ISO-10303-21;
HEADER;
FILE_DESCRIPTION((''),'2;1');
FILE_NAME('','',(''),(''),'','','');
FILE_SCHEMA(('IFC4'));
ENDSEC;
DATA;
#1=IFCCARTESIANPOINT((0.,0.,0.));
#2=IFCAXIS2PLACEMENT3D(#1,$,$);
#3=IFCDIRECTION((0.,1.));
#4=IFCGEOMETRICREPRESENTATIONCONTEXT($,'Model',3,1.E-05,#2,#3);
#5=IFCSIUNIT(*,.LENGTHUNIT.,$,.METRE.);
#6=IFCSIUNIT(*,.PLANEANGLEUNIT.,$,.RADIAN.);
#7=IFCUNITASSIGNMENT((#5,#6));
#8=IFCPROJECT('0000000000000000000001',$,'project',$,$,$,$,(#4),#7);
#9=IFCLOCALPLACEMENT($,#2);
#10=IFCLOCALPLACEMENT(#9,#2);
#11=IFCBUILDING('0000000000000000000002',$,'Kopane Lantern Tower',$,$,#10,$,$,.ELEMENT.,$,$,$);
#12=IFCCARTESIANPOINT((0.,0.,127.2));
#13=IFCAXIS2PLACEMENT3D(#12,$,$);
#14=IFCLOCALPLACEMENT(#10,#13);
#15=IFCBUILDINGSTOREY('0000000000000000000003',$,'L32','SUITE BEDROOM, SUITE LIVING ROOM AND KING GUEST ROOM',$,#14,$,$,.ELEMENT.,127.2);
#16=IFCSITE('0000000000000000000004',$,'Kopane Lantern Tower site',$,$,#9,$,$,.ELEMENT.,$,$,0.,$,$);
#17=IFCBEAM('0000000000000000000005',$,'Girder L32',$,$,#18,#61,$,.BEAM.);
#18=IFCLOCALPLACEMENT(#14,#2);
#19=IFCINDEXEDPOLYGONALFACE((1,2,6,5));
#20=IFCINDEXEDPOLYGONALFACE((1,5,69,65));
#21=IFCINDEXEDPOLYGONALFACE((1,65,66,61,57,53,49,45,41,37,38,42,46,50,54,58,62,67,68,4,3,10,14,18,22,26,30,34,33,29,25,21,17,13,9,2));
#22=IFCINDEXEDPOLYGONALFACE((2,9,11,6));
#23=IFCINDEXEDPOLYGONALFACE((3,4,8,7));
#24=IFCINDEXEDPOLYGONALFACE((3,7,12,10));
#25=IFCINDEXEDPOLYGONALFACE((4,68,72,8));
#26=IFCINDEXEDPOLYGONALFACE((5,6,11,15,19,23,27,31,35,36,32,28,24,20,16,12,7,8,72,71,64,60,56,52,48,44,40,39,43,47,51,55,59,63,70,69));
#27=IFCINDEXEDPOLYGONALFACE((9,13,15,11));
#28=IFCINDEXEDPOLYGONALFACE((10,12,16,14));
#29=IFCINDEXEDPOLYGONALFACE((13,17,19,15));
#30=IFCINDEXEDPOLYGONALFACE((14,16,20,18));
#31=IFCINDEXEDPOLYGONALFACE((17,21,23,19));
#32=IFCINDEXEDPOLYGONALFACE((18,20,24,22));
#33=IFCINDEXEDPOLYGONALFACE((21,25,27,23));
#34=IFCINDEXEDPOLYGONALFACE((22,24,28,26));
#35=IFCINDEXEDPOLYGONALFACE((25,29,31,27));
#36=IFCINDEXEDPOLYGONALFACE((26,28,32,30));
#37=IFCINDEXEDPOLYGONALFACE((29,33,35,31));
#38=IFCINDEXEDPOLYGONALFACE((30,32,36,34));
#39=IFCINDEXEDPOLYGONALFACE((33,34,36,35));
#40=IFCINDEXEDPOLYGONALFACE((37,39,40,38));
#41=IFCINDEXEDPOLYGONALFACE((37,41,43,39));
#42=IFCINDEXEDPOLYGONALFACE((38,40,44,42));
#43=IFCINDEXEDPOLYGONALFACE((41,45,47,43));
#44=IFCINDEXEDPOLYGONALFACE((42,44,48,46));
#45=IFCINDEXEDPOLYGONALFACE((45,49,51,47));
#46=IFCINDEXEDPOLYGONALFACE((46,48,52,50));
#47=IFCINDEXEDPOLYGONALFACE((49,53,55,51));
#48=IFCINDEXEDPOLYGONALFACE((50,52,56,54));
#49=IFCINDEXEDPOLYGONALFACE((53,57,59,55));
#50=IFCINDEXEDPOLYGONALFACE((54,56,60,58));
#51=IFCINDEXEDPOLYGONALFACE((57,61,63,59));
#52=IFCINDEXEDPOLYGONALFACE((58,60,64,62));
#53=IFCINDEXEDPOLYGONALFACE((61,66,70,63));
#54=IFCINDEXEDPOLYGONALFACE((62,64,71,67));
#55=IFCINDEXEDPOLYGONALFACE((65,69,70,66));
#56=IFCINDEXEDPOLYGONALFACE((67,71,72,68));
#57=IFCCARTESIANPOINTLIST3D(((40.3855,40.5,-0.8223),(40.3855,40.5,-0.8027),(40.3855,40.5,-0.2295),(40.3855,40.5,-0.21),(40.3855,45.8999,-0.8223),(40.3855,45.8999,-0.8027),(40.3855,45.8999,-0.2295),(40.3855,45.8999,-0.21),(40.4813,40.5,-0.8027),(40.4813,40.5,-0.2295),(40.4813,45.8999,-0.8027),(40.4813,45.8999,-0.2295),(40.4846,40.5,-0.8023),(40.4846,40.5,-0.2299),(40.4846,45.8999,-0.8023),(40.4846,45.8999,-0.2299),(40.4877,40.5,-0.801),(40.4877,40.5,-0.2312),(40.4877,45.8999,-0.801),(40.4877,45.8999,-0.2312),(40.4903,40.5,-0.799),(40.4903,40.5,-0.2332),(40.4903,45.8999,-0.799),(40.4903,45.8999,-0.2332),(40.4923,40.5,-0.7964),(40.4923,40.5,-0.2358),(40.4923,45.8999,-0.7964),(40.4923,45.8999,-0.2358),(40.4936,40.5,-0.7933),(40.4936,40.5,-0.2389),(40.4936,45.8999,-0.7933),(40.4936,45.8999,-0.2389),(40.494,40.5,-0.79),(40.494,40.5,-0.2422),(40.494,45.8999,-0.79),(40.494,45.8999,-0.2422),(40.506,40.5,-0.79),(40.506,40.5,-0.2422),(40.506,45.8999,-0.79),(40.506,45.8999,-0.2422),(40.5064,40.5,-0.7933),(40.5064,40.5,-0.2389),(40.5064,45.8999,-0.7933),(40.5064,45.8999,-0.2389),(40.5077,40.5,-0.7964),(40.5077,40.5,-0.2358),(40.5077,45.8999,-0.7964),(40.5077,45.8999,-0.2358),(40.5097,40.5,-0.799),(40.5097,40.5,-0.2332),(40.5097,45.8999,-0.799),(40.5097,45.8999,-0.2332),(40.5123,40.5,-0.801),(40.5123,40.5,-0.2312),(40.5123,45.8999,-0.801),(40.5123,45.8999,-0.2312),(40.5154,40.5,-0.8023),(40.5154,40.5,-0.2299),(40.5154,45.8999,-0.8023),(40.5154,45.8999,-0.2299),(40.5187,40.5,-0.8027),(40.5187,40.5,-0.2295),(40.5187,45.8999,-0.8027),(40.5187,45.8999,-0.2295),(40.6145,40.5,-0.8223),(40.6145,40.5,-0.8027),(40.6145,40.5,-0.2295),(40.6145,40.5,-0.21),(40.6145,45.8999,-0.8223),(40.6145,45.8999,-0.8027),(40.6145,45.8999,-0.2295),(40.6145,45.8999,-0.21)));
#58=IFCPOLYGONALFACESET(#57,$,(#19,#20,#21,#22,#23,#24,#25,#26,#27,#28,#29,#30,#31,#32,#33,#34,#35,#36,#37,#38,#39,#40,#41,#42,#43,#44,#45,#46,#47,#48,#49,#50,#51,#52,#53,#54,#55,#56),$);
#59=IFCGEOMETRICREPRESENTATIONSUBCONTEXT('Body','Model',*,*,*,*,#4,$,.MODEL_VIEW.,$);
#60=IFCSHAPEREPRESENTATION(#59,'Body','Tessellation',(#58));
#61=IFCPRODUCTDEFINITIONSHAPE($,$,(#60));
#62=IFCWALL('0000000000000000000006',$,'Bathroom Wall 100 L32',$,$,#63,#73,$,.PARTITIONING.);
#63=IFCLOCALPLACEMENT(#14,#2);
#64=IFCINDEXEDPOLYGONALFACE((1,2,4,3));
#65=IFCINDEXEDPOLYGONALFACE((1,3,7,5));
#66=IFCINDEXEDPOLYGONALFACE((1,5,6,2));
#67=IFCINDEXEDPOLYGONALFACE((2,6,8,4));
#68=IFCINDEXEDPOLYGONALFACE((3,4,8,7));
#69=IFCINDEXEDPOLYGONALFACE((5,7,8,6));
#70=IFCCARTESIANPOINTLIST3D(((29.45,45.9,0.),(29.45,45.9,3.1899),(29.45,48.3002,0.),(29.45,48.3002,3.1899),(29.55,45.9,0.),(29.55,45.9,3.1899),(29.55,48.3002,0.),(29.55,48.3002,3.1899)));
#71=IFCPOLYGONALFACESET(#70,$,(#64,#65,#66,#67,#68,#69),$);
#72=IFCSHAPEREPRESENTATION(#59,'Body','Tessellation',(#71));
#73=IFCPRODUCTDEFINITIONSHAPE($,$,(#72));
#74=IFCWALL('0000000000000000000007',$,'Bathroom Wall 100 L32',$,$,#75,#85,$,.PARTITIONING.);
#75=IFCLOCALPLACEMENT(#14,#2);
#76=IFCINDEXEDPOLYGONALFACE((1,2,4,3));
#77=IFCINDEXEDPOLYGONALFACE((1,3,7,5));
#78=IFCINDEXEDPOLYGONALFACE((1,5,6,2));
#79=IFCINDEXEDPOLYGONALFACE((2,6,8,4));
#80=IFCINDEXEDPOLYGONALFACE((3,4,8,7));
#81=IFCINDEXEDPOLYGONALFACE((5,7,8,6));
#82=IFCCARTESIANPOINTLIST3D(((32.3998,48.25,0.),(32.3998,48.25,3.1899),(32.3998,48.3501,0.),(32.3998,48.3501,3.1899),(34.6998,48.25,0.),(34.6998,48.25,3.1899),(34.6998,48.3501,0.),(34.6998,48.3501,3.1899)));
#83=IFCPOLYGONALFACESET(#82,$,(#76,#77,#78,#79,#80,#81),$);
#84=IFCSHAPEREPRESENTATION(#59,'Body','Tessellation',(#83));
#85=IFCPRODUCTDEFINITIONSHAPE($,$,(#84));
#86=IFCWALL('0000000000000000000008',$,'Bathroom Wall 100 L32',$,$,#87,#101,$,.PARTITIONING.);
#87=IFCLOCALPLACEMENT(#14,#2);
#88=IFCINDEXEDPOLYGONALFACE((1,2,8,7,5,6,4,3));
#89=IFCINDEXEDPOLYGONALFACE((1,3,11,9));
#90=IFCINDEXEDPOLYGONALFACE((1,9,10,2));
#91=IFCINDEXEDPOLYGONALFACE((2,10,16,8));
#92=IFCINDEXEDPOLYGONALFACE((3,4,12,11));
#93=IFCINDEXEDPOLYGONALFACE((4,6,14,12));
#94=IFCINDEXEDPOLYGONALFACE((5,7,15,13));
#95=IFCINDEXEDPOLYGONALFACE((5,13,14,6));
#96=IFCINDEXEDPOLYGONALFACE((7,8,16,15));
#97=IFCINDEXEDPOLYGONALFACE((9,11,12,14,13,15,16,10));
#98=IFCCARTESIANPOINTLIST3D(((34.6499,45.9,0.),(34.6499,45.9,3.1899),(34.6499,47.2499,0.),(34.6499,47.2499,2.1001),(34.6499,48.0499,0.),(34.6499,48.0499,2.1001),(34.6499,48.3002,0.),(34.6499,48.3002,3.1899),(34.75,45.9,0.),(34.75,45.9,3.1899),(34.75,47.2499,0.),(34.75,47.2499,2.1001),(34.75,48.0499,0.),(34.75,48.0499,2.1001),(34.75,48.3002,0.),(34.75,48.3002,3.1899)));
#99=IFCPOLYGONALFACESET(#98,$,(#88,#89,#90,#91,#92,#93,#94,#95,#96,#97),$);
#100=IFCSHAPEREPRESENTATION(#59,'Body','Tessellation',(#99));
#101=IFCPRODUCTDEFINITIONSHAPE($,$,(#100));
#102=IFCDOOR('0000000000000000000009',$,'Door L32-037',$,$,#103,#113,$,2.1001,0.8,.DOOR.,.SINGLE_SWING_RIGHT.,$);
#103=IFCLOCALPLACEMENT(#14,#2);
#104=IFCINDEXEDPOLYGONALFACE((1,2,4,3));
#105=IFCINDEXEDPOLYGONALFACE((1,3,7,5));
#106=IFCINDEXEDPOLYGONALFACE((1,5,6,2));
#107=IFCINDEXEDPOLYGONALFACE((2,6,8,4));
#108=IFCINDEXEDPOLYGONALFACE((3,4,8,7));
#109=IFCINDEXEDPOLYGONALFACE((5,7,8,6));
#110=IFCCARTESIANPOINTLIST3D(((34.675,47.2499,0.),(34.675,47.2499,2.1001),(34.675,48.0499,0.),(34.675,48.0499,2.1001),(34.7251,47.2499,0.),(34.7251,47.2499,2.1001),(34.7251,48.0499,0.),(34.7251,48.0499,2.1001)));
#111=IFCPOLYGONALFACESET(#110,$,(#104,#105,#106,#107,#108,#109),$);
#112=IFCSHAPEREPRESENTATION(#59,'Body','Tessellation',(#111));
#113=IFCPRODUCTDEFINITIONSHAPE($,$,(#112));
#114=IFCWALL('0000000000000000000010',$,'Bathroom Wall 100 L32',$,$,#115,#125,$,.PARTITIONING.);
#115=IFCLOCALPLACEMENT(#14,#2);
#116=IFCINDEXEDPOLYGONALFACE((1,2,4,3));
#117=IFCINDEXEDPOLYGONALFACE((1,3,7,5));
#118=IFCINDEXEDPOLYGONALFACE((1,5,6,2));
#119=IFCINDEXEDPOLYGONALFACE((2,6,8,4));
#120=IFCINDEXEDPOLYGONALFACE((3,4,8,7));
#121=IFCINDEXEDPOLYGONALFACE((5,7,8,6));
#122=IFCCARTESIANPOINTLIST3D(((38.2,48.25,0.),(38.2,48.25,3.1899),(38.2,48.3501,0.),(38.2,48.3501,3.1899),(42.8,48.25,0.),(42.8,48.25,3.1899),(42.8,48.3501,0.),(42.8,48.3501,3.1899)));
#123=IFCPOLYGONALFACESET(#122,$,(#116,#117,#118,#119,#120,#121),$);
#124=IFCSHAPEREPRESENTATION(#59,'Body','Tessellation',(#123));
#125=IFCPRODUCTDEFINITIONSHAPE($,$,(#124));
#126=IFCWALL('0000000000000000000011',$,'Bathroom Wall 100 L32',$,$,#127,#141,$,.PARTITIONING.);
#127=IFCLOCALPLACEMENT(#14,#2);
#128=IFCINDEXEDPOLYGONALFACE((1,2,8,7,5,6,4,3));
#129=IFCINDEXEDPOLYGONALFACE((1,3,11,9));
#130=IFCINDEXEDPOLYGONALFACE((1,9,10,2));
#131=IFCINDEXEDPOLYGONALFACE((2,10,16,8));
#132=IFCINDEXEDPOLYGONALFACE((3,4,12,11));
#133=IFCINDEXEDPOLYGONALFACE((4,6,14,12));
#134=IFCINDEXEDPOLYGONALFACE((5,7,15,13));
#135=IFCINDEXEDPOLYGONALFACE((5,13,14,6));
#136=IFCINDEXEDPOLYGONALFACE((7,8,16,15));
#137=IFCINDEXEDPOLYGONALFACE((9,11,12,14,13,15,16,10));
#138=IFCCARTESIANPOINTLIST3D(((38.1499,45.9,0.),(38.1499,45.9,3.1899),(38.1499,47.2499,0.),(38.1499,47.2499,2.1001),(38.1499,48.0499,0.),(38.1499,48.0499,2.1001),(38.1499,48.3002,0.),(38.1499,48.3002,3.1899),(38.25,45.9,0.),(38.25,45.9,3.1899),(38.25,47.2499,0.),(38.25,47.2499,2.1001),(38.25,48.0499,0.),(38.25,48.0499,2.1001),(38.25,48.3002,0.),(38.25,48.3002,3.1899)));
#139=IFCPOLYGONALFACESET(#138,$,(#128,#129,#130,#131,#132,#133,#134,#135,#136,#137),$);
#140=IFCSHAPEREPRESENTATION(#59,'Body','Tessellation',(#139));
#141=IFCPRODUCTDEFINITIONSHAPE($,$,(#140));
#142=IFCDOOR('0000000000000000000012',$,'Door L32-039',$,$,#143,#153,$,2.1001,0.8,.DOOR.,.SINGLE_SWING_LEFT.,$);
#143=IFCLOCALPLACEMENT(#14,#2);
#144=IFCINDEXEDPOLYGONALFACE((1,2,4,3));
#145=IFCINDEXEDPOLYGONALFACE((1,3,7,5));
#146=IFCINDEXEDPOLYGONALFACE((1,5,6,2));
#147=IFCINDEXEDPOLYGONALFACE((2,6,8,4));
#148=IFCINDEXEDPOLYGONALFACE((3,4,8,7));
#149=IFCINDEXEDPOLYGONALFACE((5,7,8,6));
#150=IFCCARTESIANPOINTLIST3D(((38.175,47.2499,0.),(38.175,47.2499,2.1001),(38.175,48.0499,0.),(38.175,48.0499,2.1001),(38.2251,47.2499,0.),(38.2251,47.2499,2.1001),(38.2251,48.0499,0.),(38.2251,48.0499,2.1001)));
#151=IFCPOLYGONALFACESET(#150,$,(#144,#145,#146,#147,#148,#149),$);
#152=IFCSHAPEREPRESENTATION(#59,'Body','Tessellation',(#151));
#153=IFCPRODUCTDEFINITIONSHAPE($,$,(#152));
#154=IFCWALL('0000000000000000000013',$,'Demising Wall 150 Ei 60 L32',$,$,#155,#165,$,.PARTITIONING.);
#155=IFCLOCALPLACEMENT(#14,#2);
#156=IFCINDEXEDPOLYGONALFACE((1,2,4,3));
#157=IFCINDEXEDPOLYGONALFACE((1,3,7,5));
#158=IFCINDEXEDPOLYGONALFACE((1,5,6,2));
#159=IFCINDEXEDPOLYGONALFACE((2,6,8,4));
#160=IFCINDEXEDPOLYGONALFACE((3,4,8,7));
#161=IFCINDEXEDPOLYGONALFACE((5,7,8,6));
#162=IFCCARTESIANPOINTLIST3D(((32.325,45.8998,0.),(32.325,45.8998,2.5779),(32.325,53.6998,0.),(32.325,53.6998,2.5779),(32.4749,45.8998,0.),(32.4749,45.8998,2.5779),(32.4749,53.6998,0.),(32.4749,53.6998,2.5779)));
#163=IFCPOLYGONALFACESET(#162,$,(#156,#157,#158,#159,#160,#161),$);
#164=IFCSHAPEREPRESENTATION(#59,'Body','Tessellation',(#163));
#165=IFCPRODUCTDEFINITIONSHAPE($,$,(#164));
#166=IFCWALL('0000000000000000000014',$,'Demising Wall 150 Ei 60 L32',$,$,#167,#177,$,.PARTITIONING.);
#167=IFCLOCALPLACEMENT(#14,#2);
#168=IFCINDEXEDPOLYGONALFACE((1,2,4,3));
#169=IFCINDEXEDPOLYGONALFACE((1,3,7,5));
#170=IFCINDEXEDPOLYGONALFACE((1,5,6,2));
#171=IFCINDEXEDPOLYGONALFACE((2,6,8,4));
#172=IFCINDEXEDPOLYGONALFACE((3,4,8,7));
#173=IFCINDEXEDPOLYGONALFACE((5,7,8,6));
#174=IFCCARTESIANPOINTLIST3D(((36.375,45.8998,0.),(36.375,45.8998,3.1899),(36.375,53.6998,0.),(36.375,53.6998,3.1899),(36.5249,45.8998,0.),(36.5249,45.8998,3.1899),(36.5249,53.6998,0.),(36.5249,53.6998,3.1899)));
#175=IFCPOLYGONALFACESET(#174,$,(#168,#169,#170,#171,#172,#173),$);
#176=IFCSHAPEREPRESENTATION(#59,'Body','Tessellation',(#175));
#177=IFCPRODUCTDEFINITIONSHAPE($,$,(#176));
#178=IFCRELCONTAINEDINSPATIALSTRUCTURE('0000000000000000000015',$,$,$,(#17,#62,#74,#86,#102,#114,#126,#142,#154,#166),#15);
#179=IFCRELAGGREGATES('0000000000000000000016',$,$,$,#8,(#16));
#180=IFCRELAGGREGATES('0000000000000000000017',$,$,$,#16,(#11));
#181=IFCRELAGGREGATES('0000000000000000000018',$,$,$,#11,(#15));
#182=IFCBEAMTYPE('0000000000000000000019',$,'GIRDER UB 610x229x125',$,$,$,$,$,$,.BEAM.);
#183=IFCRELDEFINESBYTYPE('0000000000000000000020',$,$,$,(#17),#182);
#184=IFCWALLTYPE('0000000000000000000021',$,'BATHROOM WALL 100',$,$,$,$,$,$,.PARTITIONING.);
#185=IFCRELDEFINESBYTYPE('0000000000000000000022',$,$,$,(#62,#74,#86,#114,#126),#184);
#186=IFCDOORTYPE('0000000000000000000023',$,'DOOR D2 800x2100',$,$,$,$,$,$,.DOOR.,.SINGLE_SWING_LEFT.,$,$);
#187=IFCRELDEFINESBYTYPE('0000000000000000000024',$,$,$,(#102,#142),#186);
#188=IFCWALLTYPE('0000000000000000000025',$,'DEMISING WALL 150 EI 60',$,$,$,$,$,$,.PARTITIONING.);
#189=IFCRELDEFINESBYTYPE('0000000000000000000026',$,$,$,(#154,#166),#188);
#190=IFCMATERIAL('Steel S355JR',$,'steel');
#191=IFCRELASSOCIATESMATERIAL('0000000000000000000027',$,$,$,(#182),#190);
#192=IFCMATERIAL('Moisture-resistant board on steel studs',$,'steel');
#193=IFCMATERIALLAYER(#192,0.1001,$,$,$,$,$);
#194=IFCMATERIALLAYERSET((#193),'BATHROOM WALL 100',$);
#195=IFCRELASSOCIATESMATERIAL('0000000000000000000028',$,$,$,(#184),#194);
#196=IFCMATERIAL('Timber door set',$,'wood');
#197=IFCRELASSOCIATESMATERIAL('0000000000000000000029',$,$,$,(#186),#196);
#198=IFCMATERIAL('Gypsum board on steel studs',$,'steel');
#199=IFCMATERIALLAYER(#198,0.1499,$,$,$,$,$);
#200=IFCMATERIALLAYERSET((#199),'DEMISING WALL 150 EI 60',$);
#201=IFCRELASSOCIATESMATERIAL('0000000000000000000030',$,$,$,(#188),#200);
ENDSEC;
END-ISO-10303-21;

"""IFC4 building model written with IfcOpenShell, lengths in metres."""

from ifc_helpers import new_model, si_unit, direction, frame, frame_2d, origin, origin_2d, place, context, subcontext, project, spatial, rectangle, i_section, extrude, material, layer, layer_set, material_profile, profile_set, type_object, element, fill, save


model = new_model("IFC4")

# Units and contexts
model_context = context("Model", 3, precision=1e-05, world=origin(), true_north=direction((0.0, 1.0)))
body_context = subcontext(model_context, "Body", "Model", "MODEL_VIEW")
ifc_project = project(units=[si_unit("LENGTHUNIT", "METRE"), si_unit("PLANEANGLEUNIT", "RADIAN")], contexts=[model_context])

# Site, building, storey
site_placement = place(None, origin())
site = spatial("IfcSite", under=ifc_project, at=site_placement, Name="Kopane Lantern Tower site", CompositionType="ELEMENT", RefElevation=0.0)
building_placement = place(site_placement, origin())
building = spatial("IfcBuilding", under=site, at=building_placement, Name="Kopane Lantern Tower", CompositionType="ELEMENT")
storey_placement = place(building_placement, frame((0.0, 0.0, 127.2)))
storey = spatial("IfcBuildingStorey", under=building, at=storey_placement, Name="L32", Description="SUITE BEDROOM, SUITE LIVING ROOM AND KING GUEST ROOM", CompositionType="ELEMENT", Elevation=127.2)

# Beam
ifc_material_1 = material(Name="Steel S355JR", Category="steel")
ifc_material_profile_1 = material_profile(ifc_material_1, i_section(OverallWidth=0.229, OverallDepth=0.6123, WebThickness=0.012, FlangeThickness=0.0195, FilletRadius=0.0127, at=origin_2d()), Name="UB 610x229x125")
ifc_profile_set_1 = profile_set([ifc_material_profile_1], Name="Steel S355JR")
beam_type = type_object("IfcBeamType", Name="GIRDER UB 610x229x125", PredefinedType="BEAM", material=ifc_profile_set_1)
beam_1_placement = place(storey_placement, frame((40.5, 40.5, -0.5161), z_axis=(0.0, 1.0, 0.0), x_axis=(-1.0, 0.0, 0.0)))
element("IfcBeam", 1, at=beam_1_placement, inside=storey, type_object=beam_type, Name="Girder L32", PredefinedType="BEAM", context=body_context, shape_type="SweptSolid", body=[
    extrude(i_section(OverallWidth=0.229, OverallDepth=0.6123, WebThickness=0.012, FlangeThickness=0.0195, FilletRadius=0.0127, at=origin_2d()), origin(), (0.0, 0.0, 1.0), 5.3999),
])

# Walls
ifc_material_2 = material(Name="Moisture-resistant board on steel studs", Category="steel")
ifc_layer_1 = layer(ifc_material_2, 0.1001)
ifc_layer_set_1 = layer_set([ifc_layer_1], Name="BATHROOM WALL 100")
wall_type_1 = type_object("IfcWallType", Name="BATHROOM WALL 100", PredefinedType="PARTITIONING", material=ifc_layer_set_1)
wall_1_placement = place(storey_placement, frame((29.5, 45.8999, 0.0), z_axis=(0.0, 0.0, 1.0), x_axis=(0.0, 1.0, 0.0)))
element("IfcWall", 2, at=wall_1_placement, inside=storey, type_object=wall_type_1, Name="Bathroom Wall 100 L32", PredefinedType="PARTITIONING", context=body_context, shape_type="SweptSolid", body=[
    extrude(rectangle(XDim=2.4001, YDim=0.1001, at=frame_2d((1.2002, 0.0))), origin(), (0.0, 0.0, 1.0), 3.1899),
])
wall_2_placement = place(storey_placement, frame((32.3999, 48.3, 0.0), z_axis=(0.0, 0.0, 1.0), x_axis=(1.0, 0.0, 0.0)))
element("IfcWall", 3, at=wall_2_placement, inside=storey, type_object=wall_type_1, Name="Bathroom Wall 100 L32", PredefinedType="PARTITIONING", context=body_context, shape_type="SweptSolid", body=[
    extrude(rectangle(XDim=2.3, YDim=0.1001, at=frame_2d((1.1499, 0.0))), origin(), (0.0, 0.0, 1.0), 3.1899),
])

# Wall, opening, door
wall_3_placement = place(storey_placement, frame((34.7, 45.8999, 0.0), z_axis=(0.0, 0.0, 1.0), x_axis=(0.0, 1.0, 0.0)))
wall_3 = element("IfcWall", 4, at=wall_3_placement, inside=storey, type_object=wall_type_1, Name="Bathroom Wall 100 L32", PredefinedType="PARTITIONING", context=body_context, shape_type="SweptSolid", body=[
    extrude(rectangle(XDim=2.4001, YDim=0.1001, at=frame_2d((1.2002, 0.0))), origin(), (0.0, 0.0, 1.0), 3.1899),
])
opening_1_placement = place(wall_3_placement, frame((1.3501, 0.0, 0.0)))
opening_1 = element("IfcOpeningElement", 5, at=opening_1_placement, cuts=wall_3, PredefinedType="OPENING", context=body_context, shape_type="SweptSolid", body=[
    extrude(rectangle(XDim=0.8, YDim=2.1001, at=frame_2d((0.3999, 1.05))), frame((0.0, 0.0601, 0.0), z_axis=(0.0, -1.0, 0.0), x_axis=(1.0, 0.0, 0.0)), (0.0, 0.0, 1.0), 0.1201),
])
ifc_material_3 = material(Name="Timber door set", Category="wood")
door_type = type_object("IfcDoorType", Name="DOOR D2 800x2100", OperationType="SINGLE_SWING_LEFT", PredefinedType="DOOR", material=ifc_material_3)
door_1_placement = place(opening_1_placement, origin())
door_1 = element("IfcDoor", 6, at=door_1_placement, inside=storey, type_object=door_type, Name="Door L32-037", OperationType="SINGLE_SWING_RIGHT", OverallHeight=2.1001, OverallWidth=0.8, PredefinedType="DOOR", context=body_context, shape_type="SweptSolid", body=[
    extrude(rectangle(XDim=0.8, YDim=2.1001, at=frame_2d((0.3999, 1.05))), frame((0.0, 0.0249, 0.0), z_axis=(0.0, -1.0, 0.0), x_axis=(1.0, 0.0, 0.0)), (0.0, 0.0, 1.0), 0.05),
])
fill(opening_1, door_1)

# Wall
wall_4_placement = place(storey_placement, frame((38.2, 48.3, 0.0), z_axis=(0.0, 0.0, 1.0), x_axis=(1.0, 0.0, 0.0)))
element("IfcWall", 7, at=wall_4_placement, inside=storey, type_object=wall_type_1, Name="Bathroom Wall 100 L32", PredefinedType="PARTITIONING", context=body_context, shape_type="SweptSolid", body=[
    extrude(rectangle(XDim=4.6001, YDim=0.1001, at=frame_2d((2.3, 0.0))), origin(), (0.0, 0.0, 1.0), 3.1899),
])

# Wall, opening, door
wall_5_placement = place(storey_placement, frame((38.2, 45.8999, 0.0), z_axis=(0.0, 0.0, 1.0), x_axis=(0.0, 1.0, 0.0)))
wall_5 = element("IfcWall", 8, at=wall_5_placement, inside=storey, type_object=wall_type_1, Name="Bathroom Wall 100 L32", PredefinedType="PARTITIONING", context=body_context, shape_type="SweptSolid", body=[
    extrude(rectangle(XDim=2.4001, YDim=0.1001, at=frame_2d((1.2002, 0.0))), origin(), (0.0, 0.0, 1.0), 3.1899),
])
opening_2_placement = place(wall_5_placement, frame((1.3501, 0.0, 0.0)))
opening_2 = element("IfcOpeningElement", 9, at=opening_2_placement, cuts=wall_5, PredefinedType="OPENING", context=body_context, shape_type="SweptSolid", body=[
    extrude(rectangle(XDim=0.8, YDim=2.1001, at=frame_2d((0.3999, 1.05))), frame((0.0, 0.0601, 0.0), z_axis=(0.0, -1.0, 0.0), x_axis=(1.0, 0.0, 0.0)), (0.0, 0.0, 1.0), 0.1201),
])
door_2_placement = place(opening_2_placement, origin())
door_2 = element("IfcDoor", 10, at=door_2_placement, inside=storey, type_object=door_type, Name="Door L32-039", OperationType="SINGLE_SWING_LEFT", OverallHeight=2.1001, OverallWidth=0.8, PredefinedType="DOOR", context=body_context, shape_type="SweptSolid", body=[
    extrude(rectangle(XDim=0.8, YDim=2.1001, at=frame_2d((0.3999, 1.05))), frame((0.0, 0.0249, 0.0), z_axis=(0.0, -1.0, 0.0), x_axis=(1.0, 0.0, 0.0)), (0.0, 0.0, 1.0), 0.05),
])
fill(opening_2, door_2)

# Walls
ifc_material_4 = material(Name="Gypsum board on steel studs", Category="steel")
ifc_layer_2 = layer(ifc_material_4, 0.1499)
ifc_layer_set_2 = layer_set([ifc_layer_2], Name="DEMISING WALL 150 EI 60")
wall_type_2 = type_object("IfcWallType", Name="DEMISING WALL 150 EI 60", PredefinedType="PARTITIONING", material=ifc_layer_set_2)
wall_6_placement = place(storey_placement, frame((32.3999, 45.8999, 0.0), z_axis=(0.0, 0.0, 1.0), x_axis=(0.0, 1.0, 0.0)))
element("IfcWall", 11, at=wall_6_placement, inside=storey, type_object=wall_type_2, Name="Demising Wall 150 Ei 60 L32", PredefinedType="PARTITIONING", context=body_context, shape_type="SweptSolid", body=[
    extrude(rectangle(XDim=7.8, YDim=0.1499, at=frame_2d((3.8999, 0.0))), origin(), (0.0, 0.0, 1.0), 2.5779),
])
wall_7_placement = place(storey_placement, frame((36.45, 45.8999, 0.0), z_axis=(0.0, 0.0, 1.0), x_axis=(0.0, 1.0, 0.0)))
element("IfcWall", 12, at=wall_7_placement, inside=storey, type_object=wall_type_2, Name="Demising Wall 150 Ei 60 L32", PredefinedType="PARTITIONING", context=body_context, shape_type="SweptSolid", body=[
    extrude(rectangle(XDim=7.8, YDim=0.1499, at=frame_2d((3.8999, 0.0))), origin(), (0.0, 0.0, 1.0), 3.1899),
])

save(model, "model.ifc")
